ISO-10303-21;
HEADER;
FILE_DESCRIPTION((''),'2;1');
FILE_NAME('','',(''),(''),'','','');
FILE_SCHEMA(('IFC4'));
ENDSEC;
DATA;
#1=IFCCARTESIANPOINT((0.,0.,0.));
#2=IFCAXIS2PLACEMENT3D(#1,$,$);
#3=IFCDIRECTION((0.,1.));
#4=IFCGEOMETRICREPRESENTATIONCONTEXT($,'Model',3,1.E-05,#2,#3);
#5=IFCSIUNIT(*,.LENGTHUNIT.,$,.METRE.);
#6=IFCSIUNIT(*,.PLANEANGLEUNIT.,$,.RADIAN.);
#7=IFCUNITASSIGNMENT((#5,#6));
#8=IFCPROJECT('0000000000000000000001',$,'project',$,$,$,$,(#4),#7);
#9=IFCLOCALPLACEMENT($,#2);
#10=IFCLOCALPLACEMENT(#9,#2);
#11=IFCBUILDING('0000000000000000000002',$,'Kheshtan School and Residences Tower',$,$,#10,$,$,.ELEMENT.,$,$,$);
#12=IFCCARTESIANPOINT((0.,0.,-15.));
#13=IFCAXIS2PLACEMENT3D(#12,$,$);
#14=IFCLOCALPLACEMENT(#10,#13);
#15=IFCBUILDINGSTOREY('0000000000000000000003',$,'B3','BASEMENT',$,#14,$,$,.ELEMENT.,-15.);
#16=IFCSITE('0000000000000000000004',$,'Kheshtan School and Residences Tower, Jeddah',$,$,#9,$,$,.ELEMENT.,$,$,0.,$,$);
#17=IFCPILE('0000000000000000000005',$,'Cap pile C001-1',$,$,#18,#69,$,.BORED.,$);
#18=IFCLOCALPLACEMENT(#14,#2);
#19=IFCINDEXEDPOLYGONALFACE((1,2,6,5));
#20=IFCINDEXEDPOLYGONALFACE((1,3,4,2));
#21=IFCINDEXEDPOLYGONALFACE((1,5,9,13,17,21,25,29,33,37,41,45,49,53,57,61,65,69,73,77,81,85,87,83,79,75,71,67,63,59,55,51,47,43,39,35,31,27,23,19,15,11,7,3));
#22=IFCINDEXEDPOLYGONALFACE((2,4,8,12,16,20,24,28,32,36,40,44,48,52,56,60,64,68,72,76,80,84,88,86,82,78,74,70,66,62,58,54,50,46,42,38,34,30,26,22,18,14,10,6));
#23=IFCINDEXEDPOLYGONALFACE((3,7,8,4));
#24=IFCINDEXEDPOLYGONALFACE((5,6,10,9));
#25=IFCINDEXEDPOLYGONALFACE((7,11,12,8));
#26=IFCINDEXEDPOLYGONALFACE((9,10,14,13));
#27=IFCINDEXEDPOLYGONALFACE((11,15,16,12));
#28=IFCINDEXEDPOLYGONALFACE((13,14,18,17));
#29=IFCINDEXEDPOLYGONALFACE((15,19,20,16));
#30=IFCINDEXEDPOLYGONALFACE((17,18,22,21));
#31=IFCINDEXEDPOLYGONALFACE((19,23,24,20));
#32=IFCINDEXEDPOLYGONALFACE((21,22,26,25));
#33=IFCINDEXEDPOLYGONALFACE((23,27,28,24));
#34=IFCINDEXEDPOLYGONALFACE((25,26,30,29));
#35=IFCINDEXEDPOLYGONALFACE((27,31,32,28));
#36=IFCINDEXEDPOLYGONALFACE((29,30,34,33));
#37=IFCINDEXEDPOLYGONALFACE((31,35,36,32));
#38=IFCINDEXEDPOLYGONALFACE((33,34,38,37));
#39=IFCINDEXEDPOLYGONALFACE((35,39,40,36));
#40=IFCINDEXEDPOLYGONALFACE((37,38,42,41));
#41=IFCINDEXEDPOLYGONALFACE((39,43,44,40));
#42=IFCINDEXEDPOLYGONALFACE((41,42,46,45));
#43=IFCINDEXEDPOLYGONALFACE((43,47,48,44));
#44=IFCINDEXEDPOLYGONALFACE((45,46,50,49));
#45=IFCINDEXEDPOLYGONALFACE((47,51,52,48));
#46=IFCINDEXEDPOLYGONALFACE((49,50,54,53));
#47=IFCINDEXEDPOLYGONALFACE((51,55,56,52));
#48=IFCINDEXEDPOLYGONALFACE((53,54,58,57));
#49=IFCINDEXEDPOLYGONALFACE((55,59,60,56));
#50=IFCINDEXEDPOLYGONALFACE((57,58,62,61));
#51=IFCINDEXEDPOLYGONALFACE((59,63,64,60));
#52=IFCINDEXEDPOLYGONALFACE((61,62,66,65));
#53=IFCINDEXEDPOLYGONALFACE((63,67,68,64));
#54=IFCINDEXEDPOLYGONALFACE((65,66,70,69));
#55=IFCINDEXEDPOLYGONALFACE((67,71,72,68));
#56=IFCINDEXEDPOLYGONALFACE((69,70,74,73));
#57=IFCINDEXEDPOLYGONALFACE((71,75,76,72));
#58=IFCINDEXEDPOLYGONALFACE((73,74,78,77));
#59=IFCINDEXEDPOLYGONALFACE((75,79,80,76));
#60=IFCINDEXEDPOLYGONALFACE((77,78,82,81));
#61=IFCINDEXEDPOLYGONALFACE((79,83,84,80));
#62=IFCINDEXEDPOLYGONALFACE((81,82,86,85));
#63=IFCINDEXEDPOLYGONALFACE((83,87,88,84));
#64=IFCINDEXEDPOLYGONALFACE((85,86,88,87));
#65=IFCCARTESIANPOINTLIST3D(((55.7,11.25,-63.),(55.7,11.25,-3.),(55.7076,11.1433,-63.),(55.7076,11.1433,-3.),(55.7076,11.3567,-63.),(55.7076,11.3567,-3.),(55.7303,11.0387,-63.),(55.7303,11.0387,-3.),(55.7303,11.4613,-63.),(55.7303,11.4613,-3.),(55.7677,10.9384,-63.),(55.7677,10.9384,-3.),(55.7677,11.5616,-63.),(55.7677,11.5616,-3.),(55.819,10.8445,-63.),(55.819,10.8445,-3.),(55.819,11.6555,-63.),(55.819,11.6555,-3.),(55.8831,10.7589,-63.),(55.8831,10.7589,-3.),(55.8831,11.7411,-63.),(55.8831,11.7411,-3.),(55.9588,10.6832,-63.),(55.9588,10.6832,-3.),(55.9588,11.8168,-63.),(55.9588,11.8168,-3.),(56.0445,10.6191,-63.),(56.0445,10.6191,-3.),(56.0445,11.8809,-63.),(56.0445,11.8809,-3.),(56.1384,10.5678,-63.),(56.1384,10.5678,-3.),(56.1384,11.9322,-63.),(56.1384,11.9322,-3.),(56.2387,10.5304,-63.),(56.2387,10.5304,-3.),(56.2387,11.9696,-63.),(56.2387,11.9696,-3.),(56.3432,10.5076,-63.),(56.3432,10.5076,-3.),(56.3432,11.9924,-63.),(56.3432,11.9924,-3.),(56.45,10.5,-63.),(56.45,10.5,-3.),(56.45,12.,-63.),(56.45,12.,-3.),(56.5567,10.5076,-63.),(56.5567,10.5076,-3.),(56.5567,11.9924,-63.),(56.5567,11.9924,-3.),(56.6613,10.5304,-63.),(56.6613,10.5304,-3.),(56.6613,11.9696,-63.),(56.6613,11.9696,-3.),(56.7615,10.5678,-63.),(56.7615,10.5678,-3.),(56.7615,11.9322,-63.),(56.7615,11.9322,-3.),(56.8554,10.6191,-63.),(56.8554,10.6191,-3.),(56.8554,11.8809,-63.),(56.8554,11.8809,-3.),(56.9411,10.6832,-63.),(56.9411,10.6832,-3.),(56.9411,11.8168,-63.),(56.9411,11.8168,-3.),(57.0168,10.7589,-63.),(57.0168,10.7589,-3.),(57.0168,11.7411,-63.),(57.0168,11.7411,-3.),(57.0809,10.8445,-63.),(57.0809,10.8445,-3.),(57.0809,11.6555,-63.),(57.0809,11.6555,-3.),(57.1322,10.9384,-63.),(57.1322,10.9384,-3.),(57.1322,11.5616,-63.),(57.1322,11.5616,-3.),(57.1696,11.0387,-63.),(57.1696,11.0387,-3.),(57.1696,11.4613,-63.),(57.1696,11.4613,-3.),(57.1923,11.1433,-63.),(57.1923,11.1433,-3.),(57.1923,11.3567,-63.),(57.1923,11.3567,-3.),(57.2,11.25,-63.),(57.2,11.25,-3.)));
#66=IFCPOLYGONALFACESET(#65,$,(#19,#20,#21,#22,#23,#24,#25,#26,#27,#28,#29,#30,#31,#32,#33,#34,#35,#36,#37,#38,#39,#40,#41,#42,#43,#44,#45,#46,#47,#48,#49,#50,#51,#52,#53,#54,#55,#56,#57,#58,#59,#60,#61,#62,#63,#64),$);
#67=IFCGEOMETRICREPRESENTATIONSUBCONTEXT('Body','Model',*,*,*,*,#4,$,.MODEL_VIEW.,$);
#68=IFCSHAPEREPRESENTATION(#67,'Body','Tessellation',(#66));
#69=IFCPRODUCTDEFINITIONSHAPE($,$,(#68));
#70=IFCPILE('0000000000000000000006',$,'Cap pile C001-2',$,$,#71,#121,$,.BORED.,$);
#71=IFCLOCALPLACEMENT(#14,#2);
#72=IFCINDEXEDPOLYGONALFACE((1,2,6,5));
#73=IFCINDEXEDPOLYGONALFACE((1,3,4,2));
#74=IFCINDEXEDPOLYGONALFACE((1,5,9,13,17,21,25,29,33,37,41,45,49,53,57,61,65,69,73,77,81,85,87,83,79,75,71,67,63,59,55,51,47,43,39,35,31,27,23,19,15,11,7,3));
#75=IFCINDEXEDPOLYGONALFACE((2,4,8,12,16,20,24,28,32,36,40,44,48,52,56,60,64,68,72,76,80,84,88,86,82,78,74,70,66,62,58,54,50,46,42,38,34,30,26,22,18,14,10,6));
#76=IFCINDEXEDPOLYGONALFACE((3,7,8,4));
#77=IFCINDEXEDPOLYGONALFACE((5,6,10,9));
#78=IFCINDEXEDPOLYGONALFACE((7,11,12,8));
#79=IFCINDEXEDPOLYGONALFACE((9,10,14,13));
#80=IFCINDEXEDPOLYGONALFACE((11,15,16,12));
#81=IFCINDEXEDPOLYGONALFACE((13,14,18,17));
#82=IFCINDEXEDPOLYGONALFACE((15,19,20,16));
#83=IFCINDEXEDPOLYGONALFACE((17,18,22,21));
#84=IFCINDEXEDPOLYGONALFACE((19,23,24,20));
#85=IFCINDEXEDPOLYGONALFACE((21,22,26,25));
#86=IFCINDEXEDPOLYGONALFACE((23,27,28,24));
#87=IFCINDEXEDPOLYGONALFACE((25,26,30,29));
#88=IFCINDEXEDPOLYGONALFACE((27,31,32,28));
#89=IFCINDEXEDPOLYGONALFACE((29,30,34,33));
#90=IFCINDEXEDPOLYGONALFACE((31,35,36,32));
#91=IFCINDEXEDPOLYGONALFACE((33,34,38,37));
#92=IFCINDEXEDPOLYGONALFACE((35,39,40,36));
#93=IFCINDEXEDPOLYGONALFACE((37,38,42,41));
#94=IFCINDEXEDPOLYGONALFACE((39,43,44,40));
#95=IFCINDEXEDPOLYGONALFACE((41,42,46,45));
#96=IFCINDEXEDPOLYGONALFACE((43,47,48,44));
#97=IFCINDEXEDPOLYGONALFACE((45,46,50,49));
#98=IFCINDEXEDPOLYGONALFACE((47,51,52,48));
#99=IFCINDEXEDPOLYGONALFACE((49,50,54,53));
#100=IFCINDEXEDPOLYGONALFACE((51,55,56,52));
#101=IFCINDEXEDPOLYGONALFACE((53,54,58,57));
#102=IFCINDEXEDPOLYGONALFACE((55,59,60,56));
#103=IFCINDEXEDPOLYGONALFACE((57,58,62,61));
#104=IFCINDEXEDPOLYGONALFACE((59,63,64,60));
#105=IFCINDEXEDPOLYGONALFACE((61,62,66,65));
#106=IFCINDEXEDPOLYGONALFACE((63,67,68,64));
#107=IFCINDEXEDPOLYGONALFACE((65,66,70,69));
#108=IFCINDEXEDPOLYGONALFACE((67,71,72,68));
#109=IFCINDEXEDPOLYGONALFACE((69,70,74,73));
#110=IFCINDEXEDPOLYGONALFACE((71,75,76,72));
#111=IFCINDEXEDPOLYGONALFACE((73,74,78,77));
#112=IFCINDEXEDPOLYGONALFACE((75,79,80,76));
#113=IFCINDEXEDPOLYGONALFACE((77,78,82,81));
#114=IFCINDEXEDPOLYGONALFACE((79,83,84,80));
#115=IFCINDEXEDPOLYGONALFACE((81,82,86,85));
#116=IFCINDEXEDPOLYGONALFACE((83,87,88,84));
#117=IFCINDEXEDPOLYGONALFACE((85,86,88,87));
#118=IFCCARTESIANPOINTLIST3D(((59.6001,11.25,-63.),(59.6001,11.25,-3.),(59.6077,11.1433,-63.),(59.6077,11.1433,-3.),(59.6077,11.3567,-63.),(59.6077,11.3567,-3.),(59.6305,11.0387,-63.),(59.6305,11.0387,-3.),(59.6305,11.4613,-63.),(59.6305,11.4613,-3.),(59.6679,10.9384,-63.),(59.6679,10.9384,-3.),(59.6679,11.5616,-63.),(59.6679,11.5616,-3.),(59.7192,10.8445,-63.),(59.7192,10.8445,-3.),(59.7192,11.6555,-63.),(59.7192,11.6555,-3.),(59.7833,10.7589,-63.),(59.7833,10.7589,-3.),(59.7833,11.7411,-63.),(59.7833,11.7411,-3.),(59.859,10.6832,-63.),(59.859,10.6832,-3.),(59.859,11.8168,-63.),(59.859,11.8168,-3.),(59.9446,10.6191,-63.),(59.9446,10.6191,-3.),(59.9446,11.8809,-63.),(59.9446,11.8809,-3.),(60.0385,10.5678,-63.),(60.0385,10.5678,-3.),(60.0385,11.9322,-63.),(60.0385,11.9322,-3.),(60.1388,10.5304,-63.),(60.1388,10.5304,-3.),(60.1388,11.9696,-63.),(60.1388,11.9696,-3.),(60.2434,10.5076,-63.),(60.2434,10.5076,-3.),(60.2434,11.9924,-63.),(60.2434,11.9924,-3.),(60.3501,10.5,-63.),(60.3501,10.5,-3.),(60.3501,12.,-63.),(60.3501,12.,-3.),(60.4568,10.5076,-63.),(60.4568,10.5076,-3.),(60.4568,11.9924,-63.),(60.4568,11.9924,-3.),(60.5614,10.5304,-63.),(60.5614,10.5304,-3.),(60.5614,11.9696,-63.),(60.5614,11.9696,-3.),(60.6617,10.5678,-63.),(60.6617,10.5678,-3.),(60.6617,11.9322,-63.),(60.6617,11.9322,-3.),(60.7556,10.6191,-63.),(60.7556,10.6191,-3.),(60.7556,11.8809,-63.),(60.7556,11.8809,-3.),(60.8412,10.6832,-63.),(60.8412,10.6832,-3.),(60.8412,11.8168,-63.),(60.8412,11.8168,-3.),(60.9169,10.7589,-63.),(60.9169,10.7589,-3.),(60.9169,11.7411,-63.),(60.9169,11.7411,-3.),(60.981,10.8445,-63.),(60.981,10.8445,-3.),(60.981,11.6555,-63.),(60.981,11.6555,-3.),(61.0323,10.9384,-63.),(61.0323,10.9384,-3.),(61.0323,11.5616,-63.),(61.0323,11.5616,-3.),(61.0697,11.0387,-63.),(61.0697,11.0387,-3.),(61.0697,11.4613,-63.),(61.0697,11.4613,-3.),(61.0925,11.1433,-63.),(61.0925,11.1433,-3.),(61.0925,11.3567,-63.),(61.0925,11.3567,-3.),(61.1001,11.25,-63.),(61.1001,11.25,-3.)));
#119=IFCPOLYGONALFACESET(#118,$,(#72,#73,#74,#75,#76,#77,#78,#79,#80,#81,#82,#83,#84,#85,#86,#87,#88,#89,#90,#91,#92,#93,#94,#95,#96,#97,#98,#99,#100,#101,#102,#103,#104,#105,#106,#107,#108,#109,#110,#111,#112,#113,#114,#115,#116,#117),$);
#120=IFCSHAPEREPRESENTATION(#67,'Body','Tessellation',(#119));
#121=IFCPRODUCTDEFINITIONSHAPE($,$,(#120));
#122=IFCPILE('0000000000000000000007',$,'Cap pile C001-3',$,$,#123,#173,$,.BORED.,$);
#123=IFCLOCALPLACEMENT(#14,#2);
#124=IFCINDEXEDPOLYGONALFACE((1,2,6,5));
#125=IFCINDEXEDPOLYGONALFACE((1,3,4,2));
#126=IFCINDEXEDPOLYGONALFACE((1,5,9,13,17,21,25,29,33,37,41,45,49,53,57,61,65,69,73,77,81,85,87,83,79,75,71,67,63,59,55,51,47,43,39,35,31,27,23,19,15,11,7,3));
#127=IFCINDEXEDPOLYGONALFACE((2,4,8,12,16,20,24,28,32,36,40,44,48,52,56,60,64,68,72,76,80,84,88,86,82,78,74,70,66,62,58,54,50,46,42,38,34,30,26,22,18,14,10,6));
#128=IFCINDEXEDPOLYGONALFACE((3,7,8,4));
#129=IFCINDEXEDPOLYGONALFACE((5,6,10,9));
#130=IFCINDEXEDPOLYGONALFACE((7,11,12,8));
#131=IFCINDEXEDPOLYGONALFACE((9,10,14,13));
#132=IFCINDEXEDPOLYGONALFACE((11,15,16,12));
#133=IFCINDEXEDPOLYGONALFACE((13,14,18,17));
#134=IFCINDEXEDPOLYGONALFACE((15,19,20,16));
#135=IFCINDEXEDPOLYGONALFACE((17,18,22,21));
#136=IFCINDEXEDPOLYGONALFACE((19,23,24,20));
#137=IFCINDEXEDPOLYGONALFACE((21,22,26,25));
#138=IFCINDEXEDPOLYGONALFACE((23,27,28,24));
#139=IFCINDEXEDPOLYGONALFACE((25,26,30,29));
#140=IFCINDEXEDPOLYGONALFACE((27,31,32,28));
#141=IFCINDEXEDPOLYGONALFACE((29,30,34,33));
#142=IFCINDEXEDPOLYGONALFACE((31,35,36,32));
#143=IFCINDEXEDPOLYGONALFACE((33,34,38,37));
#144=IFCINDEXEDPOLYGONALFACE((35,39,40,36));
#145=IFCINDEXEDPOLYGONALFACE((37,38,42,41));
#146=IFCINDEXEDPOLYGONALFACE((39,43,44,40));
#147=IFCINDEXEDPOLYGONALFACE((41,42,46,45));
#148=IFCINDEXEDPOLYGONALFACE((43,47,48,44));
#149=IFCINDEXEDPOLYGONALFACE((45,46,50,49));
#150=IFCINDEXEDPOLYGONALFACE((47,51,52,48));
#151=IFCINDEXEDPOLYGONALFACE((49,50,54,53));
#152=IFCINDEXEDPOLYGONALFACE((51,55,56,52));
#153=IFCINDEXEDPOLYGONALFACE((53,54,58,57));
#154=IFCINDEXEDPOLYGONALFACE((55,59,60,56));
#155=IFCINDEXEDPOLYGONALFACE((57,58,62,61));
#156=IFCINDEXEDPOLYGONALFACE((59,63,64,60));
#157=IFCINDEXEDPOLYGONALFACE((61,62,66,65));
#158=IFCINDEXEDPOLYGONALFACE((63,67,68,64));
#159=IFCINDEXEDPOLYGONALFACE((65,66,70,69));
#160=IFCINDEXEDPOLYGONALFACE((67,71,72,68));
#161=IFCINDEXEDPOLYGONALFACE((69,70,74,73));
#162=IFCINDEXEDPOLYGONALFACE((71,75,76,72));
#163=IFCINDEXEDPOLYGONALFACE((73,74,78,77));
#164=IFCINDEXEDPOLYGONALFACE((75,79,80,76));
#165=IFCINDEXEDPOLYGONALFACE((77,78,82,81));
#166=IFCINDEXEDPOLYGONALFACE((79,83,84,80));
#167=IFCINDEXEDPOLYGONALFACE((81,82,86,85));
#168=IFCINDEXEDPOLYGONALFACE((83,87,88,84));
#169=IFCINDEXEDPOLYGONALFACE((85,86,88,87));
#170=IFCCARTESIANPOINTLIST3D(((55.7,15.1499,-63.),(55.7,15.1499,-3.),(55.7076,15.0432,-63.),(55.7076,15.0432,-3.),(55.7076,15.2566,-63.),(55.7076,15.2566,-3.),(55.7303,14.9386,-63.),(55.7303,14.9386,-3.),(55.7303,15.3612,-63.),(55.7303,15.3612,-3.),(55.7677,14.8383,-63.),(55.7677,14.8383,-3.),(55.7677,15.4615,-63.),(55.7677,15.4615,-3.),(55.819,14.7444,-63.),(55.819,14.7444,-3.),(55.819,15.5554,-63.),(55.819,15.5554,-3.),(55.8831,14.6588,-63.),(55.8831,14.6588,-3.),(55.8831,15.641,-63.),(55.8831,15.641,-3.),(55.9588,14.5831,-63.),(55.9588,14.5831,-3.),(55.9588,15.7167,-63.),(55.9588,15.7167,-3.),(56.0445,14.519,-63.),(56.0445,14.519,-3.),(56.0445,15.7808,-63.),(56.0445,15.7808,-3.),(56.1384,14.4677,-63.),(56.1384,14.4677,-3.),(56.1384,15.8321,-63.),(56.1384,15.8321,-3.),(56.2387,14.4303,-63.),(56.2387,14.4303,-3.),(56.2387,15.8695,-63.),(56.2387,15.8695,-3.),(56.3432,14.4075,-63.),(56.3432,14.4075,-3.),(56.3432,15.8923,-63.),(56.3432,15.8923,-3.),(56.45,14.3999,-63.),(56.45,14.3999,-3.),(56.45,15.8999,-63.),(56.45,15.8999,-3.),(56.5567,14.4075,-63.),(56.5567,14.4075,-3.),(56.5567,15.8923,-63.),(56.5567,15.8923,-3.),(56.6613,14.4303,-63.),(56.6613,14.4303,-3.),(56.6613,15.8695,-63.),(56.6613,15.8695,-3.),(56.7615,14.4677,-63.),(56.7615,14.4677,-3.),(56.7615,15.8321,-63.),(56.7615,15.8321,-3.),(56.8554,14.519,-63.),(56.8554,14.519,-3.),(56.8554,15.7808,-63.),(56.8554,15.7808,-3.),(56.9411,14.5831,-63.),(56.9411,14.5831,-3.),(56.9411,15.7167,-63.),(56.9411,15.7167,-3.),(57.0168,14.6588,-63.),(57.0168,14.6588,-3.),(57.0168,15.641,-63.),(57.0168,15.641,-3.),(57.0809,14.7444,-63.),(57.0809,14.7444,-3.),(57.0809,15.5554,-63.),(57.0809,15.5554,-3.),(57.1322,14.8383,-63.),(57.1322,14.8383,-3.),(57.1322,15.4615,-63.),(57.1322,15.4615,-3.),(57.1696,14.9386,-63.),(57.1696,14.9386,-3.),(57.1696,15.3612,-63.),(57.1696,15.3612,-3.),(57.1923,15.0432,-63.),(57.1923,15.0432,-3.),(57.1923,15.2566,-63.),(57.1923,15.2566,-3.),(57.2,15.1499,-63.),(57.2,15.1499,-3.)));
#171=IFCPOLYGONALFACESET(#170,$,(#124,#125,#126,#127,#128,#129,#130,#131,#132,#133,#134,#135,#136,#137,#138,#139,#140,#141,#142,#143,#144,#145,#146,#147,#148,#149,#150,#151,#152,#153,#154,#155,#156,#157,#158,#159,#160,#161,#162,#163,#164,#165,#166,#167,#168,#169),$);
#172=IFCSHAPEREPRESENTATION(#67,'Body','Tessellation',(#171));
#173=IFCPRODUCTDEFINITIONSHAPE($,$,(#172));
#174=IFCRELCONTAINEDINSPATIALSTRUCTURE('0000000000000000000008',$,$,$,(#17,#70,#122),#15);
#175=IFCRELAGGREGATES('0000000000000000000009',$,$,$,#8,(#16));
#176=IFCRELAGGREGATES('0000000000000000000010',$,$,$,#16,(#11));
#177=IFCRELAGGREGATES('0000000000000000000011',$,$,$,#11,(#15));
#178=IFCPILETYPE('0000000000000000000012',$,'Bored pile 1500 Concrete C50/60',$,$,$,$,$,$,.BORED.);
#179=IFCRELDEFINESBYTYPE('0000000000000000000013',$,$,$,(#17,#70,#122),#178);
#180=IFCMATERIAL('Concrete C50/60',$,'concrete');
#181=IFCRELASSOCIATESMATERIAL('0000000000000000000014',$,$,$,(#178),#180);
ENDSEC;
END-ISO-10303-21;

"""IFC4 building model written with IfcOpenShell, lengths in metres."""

from ifc_helpers import new_model, si_unit, direction, frame, origin, origin_2d, place, context, subcontext, project, spatial, circle, extrude, material, material_profile, profile_set, type_object, element, save


model = new_model("IFC4")

# Units and contexts
model_context = context("Model", 3, precision=1e-05, world=origin(), true_north=direction((0.0, 1.0)))
body_context = subcontext(model_context, "Body", "Model", "MODEL_VIEW")
ifc_project = project(units=[si_unit("LENGTHUNIT", "METRE"), si_unit("PLANEANGLEUNIT", "RADIAN")], contexts=[model_context])

# Site, building, storey
site_placement = place(None, origin())
site = spatial("IfcSite", under=ifc_project, at=site_placement, Name="Kheshtan School and Residences Tower, Jeddah", CompositionType="ELEMENT", RefElevation=0.0)
building_placement = place(site_placement, origin())
building = spatial("IfcBuilding", under=site, at=building_placement, Name="Kheshtan School and Residences Tower", CompositionType="ELEMENT")
storey_placement = place(building_placement, frame((0.0, 0.0, -15.0)))
storey = spatial("IfcBuildingStorey", under=building, at=storey_placement, Name="B3", Description="BASEMENT", CompositionType="ELEMENT", Elevation=-15.0)

# Piles
ifc_material_1 = material(Name="Concrete C50/60", Category="concrete")
ifc_material_profile_1 = material_profile(ifc_material_1, circle(Radius=0.75, at=origin_2d()), Name="BP 1500")
ifc_profile_set_1 = profile_set([ifc_material_profile_1], Name="Concrete C50/60")
pile_type_1 = type_object("IfcPileType", Name="Bored pile 1500 Concrete C50/60", PredefinedType="BORED", material=ifc_profile_set_1)
for number, where, z_axis, x_axis, name in (
    (1, (56.45, 11.25, -3.0), (0.0, 0.0, -1.0), (1.0, 0.0, 0.0), "Cap pile C001-1"),
    (2, (60.3501, 11.25, -3.0), (0.0, 0.0, -1.0), (1.0, 0.0, 0.0), "Cap pile C001-2"),
    (3, (56.45, 15.1499, -3.0), (0.0, 0.0, -1.0), (1.0, 0.0, 0.0), "Cap pile C001-3"),
):
    element("IfcPile", number, at=place(storey_placement, frame(where, z_axis=z_axis, x_axis=x_axis)), inside=storey, type_object=pile_type_1, Name=name, PredefinedType="BORED", context=body_context, shape_type="SweptSolid", body=[
        extrude(circle(Radius=0.75, at=origin_2d()), origin(), (0.0, 0.0, 1.0), 60.0),
    ])

save(model, "model.ifc")
